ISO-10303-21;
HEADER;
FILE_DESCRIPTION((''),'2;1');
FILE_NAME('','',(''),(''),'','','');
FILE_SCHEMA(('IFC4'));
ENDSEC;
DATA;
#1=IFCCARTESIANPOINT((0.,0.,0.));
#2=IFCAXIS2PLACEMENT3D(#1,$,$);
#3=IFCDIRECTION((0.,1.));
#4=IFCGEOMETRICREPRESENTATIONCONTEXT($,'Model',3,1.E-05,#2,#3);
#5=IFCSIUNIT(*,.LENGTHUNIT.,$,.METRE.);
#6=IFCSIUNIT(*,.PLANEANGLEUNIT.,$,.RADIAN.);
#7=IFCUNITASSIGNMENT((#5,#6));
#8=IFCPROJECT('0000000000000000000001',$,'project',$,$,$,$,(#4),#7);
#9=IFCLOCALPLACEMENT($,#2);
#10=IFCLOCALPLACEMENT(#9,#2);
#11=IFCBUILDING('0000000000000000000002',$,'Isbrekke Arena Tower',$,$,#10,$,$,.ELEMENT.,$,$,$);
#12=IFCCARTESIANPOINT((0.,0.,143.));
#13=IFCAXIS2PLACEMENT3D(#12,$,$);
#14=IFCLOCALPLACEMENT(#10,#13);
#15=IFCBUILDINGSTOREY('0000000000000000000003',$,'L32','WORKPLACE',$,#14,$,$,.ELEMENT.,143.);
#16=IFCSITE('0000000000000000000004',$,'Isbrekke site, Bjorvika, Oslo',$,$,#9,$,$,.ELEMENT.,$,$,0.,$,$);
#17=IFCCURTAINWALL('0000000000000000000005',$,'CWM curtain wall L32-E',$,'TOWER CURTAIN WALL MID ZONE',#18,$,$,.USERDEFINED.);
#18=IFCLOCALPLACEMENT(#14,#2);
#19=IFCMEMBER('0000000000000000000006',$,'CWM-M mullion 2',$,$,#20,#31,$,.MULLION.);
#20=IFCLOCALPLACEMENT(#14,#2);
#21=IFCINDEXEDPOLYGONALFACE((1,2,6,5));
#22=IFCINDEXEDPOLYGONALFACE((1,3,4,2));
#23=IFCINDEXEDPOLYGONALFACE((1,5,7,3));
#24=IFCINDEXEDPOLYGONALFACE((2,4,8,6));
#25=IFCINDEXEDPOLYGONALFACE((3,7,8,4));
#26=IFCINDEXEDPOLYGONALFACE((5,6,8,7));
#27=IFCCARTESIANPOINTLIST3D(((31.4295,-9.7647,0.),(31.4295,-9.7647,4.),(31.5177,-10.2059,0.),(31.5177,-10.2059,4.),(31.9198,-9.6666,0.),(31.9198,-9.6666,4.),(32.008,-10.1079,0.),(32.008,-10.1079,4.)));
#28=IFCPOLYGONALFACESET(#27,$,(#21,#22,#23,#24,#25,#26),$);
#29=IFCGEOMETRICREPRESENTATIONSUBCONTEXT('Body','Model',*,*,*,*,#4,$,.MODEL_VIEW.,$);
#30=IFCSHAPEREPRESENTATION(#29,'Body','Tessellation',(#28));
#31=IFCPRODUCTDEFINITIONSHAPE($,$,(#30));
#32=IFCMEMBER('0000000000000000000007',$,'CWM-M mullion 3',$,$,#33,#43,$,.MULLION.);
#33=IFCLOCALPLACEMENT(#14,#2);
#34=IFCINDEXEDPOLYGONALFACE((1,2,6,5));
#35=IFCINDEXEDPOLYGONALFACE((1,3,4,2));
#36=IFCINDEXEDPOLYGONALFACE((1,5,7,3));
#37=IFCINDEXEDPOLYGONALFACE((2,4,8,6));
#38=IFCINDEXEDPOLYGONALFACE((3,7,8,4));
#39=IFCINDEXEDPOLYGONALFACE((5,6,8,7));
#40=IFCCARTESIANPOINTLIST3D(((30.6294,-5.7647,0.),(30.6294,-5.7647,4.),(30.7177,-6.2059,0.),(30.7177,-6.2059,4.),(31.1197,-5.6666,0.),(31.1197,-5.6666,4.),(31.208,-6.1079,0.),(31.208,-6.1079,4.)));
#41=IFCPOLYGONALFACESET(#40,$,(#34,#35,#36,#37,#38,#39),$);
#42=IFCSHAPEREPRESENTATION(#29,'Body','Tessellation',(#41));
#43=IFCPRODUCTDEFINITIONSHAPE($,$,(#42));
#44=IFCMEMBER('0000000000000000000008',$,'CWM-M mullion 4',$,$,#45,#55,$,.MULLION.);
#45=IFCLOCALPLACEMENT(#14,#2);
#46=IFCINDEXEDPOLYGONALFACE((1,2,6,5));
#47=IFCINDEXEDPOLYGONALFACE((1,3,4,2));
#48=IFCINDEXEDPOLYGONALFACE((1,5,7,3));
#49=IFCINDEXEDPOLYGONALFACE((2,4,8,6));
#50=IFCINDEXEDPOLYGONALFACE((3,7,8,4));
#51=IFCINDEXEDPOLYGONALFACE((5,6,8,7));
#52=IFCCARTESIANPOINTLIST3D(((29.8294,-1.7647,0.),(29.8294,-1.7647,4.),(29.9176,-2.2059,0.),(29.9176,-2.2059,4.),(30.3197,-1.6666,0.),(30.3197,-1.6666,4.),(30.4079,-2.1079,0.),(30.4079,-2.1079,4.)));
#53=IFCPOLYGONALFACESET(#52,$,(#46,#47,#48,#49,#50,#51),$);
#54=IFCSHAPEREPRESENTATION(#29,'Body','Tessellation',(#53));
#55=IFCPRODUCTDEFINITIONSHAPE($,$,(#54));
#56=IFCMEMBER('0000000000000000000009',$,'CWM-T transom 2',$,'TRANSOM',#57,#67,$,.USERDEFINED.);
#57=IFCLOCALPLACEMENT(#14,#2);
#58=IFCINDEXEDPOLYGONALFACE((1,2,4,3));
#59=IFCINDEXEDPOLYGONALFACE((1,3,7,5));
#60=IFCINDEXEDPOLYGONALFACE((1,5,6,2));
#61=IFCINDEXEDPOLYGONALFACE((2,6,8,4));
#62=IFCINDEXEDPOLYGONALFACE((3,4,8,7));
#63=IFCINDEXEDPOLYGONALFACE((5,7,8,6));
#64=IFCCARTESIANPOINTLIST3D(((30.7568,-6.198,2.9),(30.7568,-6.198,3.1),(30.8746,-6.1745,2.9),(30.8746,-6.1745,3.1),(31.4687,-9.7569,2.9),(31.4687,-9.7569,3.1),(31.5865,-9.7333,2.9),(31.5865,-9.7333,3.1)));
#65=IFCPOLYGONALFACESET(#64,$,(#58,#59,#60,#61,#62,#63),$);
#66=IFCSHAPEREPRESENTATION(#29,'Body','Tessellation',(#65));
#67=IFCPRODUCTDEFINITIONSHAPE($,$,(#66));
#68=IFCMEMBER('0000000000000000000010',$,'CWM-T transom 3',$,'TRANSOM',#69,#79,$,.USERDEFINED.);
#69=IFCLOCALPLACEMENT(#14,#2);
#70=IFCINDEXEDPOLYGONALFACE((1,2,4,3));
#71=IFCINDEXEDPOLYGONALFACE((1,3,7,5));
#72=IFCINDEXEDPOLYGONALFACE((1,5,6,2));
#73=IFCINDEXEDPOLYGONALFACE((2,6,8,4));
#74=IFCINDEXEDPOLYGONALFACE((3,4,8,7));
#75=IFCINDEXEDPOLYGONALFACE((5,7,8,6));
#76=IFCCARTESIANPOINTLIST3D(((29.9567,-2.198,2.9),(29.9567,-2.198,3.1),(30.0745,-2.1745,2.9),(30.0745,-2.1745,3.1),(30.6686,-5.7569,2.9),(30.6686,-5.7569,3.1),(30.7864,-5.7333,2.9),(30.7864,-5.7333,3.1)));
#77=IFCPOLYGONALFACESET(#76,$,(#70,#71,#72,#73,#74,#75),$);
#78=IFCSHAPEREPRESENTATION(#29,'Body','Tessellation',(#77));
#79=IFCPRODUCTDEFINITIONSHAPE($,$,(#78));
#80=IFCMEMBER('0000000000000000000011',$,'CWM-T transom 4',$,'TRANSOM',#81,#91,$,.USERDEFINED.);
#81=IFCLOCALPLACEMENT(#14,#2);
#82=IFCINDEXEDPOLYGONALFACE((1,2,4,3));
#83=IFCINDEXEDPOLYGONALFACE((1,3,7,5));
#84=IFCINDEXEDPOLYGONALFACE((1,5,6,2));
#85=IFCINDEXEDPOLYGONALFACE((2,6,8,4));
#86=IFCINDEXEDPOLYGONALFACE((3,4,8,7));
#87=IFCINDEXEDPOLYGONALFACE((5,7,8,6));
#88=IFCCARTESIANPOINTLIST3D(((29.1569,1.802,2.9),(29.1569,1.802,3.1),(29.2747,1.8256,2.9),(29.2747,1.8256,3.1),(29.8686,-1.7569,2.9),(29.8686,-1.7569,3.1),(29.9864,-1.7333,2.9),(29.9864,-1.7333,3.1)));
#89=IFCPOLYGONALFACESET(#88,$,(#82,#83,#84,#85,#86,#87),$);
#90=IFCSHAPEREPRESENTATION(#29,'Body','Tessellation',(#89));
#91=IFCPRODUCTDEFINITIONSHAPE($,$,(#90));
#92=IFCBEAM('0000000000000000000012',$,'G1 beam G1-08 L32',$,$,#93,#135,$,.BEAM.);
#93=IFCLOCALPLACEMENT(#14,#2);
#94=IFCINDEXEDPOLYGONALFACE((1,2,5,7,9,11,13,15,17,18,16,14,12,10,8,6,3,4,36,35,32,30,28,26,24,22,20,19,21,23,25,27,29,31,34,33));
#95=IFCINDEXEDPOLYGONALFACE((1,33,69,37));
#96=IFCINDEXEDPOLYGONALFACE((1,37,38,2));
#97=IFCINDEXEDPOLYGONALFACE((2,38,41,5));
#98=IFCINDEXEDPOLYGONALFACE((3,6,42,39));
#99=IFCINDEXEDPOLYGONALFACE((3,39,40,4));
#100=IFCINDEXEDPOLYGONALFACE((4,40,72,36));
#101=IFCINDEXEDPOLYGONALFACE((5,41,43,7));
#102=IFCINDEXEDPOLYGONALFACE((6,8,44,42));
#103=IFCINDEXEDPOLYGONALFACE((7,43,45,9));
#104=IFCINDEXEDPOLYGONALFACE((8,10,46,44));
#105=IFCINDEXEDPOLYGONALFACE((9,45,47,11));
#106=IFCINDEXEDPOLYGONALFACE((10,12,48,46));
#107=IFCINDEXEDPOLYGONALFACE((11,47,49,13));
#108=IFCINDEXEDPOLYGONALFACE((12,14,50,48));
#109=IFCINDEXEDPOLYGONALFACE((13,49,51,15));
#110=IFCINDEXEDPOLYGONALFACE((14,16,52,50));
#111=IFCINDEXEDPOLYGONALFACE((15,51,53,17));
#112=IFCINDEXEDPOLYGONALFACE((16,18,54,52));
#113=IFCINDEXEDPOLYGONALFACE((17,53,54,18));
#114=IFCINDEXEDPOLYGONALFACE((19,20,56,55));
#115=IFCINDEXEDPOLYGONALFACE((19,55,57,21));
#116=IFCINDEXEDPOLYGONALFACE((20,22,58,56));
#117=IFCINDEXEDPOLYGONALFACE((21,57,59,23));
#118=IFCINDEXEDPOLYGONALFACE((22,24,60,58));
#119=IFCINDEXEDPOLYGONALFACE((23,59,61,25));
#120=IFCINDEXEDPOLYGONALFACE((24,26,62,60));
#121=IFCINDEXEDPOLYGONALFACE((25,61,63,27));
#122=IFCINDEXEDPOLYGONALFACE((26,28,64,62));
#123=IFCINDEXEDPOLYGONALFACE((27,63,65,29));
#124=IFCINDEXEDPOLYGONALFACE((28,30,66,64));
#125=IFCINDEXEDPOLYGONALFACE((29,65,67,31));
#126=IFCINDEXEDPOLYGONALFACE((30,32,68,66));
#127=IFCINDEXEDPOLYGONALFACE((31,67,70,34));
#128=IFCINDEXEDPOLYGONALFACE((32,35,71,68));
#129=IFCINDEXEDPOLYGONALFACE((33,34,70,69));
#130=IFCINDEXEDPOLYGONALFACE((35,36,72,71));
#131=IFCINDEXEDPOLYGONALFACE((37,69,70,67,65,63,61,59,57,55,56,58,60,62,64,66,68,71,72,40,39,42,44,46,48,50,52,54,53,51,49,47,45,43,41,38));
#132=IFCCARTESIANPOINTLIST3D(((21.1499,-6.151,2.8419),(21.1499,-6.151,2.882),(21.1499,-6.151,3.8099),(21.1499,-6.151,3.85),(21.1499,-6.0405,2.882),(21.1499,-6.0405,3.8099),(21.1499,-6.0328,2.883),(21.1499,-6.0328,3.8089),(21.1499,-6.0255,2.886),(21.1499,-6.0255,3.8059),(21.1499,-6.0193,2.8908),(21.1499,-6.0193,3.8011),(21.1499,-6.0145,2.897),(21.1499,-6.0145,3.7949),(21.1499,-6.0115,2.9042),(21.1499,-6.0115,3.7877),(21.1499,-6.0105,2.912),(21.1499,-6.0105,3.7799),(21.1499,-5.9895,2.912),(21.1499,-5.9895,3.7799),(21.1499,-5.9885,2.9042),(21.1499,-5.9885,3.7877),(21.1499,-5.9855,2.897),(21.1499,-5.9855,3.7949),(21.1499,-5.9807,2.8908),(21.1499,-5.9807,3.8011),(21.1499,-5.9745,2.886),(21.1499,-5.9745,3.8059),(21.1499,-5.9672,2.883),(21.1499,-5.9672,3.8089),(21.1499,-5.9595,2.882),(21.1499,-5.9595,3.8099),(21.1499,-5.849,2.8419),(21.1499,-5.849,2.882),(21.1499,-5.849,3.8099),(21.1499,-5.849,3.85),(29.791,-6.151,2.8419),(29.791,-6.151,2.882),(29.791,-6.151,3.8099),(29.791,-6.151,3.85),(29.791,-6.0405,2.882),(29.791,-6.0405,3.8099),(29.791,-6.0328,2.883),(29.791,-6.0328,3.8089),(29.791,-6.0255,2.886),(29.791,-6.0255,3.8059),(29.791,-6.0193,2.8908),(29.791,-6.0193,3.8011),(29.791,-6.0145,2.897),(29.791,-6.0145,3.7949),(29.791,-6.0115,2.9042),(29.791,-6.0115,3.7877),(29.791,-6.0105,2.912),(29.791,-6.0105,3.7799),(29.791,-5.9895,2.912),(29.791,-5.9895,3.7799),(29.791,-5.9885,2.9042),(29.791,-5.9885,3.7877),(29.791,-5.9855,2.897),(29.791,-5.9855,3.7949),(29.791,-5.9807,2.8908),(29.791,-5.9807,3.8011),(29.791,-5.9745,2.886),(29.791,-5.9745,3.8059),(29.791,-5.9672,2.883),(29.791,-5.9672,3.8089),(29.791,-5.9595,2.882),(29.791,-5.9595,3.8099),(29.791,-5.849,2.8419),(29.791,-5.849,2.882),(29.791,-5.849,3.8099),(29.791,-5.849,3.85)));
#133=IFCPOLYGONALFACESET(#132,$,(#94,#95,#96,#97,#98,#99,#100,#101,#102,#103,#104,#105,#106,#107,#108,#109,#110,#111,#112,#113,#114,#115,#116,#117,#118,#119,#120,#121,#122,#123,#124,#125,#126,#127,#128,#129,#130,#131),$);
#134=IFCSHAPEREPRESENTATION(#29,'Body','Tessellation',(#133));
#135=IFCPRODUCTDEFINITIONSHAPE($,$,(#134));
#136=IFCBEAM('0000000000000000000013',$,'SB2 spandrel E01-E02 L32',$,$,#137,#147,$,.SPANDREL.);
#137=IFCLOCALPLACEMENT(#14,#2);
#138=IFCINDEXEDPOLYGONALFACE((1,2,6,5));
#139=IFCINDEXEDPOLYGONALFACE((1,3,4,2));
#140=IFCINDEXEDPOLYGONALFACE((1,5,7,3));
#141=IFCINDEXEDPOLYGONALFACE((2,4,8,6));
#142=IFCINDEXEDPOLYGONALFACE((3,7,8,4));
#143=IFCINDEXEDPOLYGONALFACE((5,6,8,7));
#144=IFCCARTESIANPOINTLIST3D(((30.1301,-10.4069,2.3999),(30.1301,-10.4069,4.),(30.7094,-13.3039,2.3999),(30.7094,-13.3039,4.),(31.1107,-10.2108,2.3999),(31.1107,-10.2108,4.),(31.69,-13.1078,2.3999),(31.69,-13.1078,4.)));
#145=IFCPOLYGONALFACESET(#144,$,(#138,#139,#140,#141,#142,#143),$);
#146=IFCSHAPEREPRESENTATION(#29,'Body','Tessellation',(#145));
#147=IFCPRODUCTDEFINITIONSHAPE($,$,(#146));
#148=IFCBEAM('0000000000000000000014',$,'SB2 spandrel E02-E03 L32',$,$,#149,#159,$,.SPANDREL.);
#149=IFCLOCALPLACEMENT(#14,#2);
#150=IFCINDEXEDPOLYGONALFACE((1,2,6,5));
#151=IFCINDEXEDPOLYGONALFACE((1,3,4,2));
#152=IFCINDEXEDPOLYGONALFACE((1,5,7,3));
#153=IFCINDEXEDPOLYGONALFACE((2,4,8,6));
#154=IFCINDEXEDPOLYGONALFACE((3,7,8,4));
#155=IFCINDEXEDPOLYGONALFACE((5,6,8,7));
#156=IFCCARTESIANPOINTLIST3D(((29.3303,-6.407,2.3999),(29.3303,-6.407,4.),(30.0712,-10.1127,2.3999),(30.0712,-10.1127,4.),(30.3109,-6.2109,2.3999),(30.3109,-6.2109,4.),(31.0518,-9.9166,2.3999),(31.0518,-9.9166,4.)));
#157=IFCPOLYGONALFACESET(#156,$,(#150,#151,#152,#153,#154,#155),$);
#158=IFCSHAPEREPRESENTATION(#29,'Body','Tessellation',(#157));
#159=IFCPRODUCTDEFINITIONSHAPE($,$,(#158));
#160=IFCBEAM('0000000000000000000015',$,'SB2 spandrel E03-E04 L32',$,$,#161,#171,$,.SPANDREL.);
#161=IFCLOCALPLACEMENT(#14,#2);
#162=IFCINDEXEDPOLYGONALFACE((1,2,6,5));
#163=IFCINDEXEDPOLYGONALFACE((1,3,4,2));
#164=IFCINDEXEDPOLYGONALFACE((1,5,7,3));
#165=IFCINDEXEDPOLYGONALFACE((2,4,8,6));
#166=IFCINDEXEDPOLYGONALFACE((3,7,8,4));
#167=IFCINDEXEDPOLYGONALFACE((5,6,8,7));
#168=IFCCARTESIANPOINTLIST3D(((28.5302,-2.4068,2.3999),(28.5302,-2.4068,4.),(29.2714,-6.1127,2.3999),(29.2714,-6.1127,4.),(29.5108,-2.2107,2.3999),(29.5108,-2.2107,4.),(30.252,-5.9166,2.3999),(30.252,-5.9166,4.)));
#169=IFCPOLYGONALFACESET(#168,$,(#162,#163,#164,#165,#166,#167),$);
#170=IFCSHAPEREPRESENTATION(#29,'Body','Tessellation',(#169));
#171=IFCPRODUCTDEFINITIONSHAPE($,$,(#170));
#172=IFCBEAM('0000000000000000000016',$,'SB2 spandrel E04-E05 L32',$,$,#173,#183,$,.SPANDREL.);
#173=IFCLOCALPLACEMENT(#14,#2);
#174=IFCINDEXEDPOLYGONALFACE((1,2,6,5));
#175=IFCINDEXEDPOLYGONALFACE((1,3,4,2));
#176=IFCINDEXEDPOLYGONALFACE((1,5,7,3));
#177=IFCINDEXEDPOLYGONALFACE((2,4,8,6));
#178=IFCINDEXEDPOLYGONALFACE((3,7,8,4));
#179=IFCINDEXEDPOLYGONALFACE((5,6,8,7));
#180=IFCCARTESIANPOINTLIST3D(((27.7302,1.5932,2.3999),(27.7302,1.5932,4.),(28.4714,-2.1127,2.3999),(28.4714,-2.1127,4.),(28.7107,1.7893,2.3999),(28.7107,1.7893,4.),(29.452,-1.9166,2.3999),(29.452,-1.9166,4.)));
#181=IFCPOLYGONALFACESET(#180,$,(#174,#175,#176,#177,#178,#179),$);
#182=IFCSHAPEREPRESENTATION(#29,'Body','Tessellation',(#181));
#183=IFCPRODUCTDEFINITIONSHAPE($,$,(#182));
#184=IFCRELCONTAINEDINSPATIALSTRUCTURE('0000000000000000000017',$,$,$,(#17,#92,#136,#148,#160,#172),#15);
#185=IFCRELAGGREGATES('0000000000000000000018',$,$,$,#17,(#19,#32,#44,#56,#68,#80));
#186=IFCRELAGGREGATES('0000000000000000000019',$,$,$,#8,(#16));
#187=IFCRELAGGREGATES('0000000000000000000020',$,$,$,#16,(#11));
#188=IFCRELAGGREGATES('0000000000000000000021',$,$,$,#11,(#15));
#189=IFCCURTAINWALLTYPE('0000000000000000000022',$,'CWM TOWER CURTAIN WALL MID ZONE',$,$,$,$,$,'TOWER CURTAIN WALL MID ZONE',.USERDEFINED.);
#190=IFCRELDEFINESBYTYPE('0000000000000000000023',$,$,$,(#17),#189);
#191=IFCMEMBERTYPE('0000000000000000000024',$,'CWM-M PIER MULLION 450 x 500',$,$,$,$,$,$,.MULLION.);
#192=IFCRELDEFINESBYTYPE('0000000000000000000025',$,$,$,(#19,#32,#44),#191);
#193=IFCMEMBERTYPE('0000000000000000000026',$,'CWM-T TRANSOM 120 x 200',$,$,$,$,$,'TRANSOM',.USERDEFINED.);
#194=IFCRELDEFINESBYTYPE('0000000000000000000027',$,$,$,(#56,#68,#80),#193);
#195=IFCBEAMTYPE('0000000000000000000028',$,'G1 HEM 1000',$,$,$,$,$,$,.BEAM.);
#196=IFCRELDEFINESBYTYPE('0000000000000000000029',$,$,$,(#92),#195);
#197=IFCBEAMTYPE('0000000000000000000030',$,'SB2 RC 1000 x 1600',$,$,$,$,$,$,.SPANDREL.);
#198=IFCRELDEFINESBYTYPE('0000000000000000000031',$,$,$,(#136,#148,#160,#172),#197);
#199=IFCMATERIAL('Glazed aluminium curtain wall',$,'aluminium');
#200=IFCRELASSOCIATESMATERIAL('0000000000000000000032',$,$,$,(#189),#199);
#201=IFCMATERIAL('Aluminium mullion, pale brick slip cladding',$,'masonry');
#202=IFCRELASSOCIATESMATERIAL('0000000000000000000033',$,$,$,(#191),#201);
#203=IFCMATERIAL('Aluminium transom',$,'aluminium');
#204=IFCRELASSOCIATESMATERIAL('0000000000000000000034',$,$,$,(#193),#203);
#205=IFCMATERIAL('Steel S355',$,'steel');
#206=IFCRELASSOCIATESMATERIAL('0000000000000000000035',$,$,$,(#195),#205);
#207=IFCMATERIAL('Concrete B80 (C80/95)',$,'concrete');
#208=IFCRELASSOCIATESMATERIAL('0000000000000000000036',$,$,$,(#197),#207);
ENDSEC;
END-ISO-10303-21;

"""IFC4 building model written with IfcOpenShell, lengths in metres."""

from ifc_helpers import new_model, si_unit, direction, frame, origin, origin_2d, place, context, subcontext, project, spatial, rectangle, i_section, extrude, material, material_profile, profile_set, type_object, element, aggregate, save


model = new_model("IFC4")

# Units and contexts
model_context = context("Model", 3, precision=1e-05, world=origin(), true_north=direction((0.0, 1.0)))
body_context = subcontext(model_context, "Body", "Model", "MODEL_VIEW")
ifc_project = project(units=[si_unit("LENGTHUNIT", "METRE"), si_unit("PLANEANGLEUNIT", "RADIAN")], contexts=[model_context])

# Site, building, storey
site_placement = place(None, origin())
site = spatial("IfcSite", under=ifc_project, at=site_placement, Name="Isbrekke site, Bjorvika, Oslo", CompositionType="ELEMENT", RefElevation=0.0)
building_placement = place(site_placement, origin())
building = spatial("IfcBuilding", under=site, at=building_placement, Name="Isbrekke Arena Tower", CompositionType="ELEMENT")
storey_placement = place(building_placement, frame((0.0, 0.0, 143.0)))
storey = spatial("IfcBuildingStorey", under=building, at=storey_placement, Name="L32", Description="WORKPLACE", CompositionType="ELEMENT", Elevation=143.0)

# Curtain wall, members
ifc_material_1 = material(Name="Glazed aluminium curtain wall", Category="aluminium")
curtain_wall_type = type_object("IfcCurtainWallType", Name="CWM TOWER CURTAIN WALL MID ZONE", ElementType="TOWER CURTAIN WALL MID ZONE", PredefinedType="USERDEFINED", material=ifc_material_1)
curtain_wall_placement = place(storey_placement, origin())
curtain_wall = element("IfcCurtainWall", 1, at=curtain_wall_placement, inside=storey, type_object=curtain_wall_type, Name="CWM curtain wall L32-E", ObjectType="TOWER CURTAIN WALL MID ZONE", PredefinedType="USERDEFINED")
ifc_material_2 = material(Name="Aluminium mullion, pale brick slip cladding", Category="masonry")
ifc_material_profile_1 = material_profile(ifc_material_2, rectangle(XDim=0.45, YDim=0.5, at=origin_2d()), Name="PIER 450X500")
ifc_profile_set_1 = profile_set([ifc_material_profile_1], Name="Aluminium mullion, pale brick slip cladding")
member_type_1 = type_object("IfcMemberType", Name="CWM-M PIER MULLION 450 x 500", PredefinedType="MULLION", material=ifc_profile_set_1)
member_1_placement = place(storey_placement, frame((31.7188, -9.9363, 0.0), z_axis=(0.0, 0.0, 1.0), x_axis=(-0.196116, 0.980581, 0.0)))
member_1 = element("IfcMember", 2, at=member_1_placement, type_object=member_type_1, Name="CWM-M mullion 2", PredefinedType="MULLION", context=body_context, shape_type="SweptSolid", body=[
    extrude(rectangle(XDim=0.45, YDim=0.5, at=origin_2d()), origin(), (0.0, 0.0, 1.0), 4.0),
])
member_2_placement = place(storey_placement, frame((30.9187, -5.9363, 0.0), z_axis=(0.0, 0.0, 1.0), x_axis=(-0.196116, 0.980581, 0.0)))
member_2 = element("IfcMember", 3, at=member_2_placement, type_object=member_type_1, Name="CWM-M mullion 3", PredefinedType="MULLION", context=body_context, shape_type="SweptSolid", body=[
    extrude(rectangle(XDim=0.45, YDim=0.5, at=origin_2d()), origin(), (0.0, 0.0, 1.0), 4.0),
])
member_3_placement = place(storey_placement, frame((30.1187, -1.9363, 0.0), z_axis=(0.0, 0.0, 1.0), x_axis=(-0.196116, 0.980581, 0.0)))
member_3 = element("IfcMember", 4, at=member_3_placement, type_object=member_type_1, Name="CWM-M mullion 4", PredefinedType="MULLION", context=body_context, shape_type="SweptSolid", body=[
    extrude(rectangle(XDim=0.45, YDim=0.5, at=origin_2d()), origin(), (0.0, 0.0, 1.0), 4.0),
])
ifc_material_3 = material(Name="Aluminium transom", Category="aluminium")
ifc_material_profile_2 = material_profile(ifc_material_3, rectangle(XDim=0.1201, YDim=0.2, at=origin_2d()), Name="TRANSOM 120X200")
ifc_profile_set_2 = profile_set([ifc_material_profile_2], Name="Aluminium transom")
member_type_2 = type_object("IfcMemberType", Name="CWM-T TRANSOM 120 x 200", ElementType="TRANSOM", PredefinedType="USERDEFINED", material=ifc_profile_set_2)
member_4_placement = place(storey_placement, frame((31.5276, -9.7451, 3.0), z_axis=(-0.196155, 0.980573, 0.0), x_axis=(-0.980573, -0.196155, 0.0)))
member_4 = element("IfcMember", 5, at=member_4_placement, type_object=member_type_2, Name="CWM-T transom 2", ObjectType="TRANSOM", PredefinedType="USERDEFINED", context=body_context, shape_type="SweptSolid", body=[
    extrude(rectangle(XDim=0.1201, YDim=0.2, at=origin_2d()), origin(), (0.0, 0.0, 1.0), 3.6294),
])
member_5_placement = place(storey_placement, frame((30.7275, -5.7451, 3.0), z_axis=(-0.196155, 0.980573, 0.0), x_axis=(-0.980573, -0.196155, 0.0)))
member_5 = element("IfcMember", 6, at=member_5_placement, type_object=member_type_2, Name="CWM-T transom 3", ObjectType="TRANSOM", PredefinedType="USERDEFINED", context=body_context, shape_type="SweptSolid", body=[
    extrude(rectangle(XDim=0.1201, YDim=0.2, at=origin_2d()), origin(), (0.0, 0.0, 1.0), 3.6294),
])
member_6_placement = place(storey_placement, frame((29.9275, -1.7451, 3.0), z_axis=(-0.19609, 0.980586, 0.0), x_axis=(-0.980586, -0.19609, 0.0)))
member_6 = element("IfcMember", 7, at=member_6_placement, type_object=member_type_2, Name="CWM-T transom 4", ObjectType="TRANSOM", PredefinedType="USERDEFINED", context=body_context, shape_type="SweptSolid", body=[
    extrude(rectangle(XDim=0.1201, YDim=0.2, at=origin_2d()), origin(), (0.0, 0.0, 1.0), 3.6294),
])

# Beams
ifc_material_4 = material(Name="Steel S355", Category="steel")
ifc_material_profile_3 = material_profile(ifc_material_4, i_section(OverallWidth=0.302, OverallDepth=1.0081, WebThickness=0.021, FlangeThickness=0.04, FilletRadius=0.03, at=origin_2d()), Name="HEM 1000")
ifc_profile_set_3 = profile_set([ifc_material_profile_3], Name="Steel S355")
beam_type_1 = type_object("IfcBeamType", Name="G1 HEM 1000", PredefinedType="BEAM", material=ifc_profile_set_3)
beam_1_placement = place(storey_placement, frame((21.1499, -6.0, 3.3459), z_axis=(1.0, 0.0, 0.0), x_axis=(0.0, 1.0, 0.0)))
element("IfcBeam", 8, at=beam_1_placement, inside=storey, type_object=beam_type_1, Name="G1 beam G1-08 L32", PredefinedType="BEAM", context=body_context, shape_type="SweptSolid", body=[
    extrude(i_section(OverallWidth=0.302, OverallDepth=1.0081, WebThickness=0.021, FlangeThickness=0.04, FilletRadius=0.03, at=origin_2d()), origin(), (0.0, 0.0, 1.0), 8.6411),
])
ifc_material_5 = material(Name="Concrete B80 (C80/95)", Category="concrete")
ifc_material_profile_4 = material_profile(ifc_material_5, rectangle(XDim=1.0, YDim=1.6001, at=origin_2d()), Name="RC 1000x1600")
ifc_profile_set_4 = profile_set([ifc_material_profile_4], Name="Concrete B80 (C80/95)")
beam_type_2 = type_object("IfcBeamType", Name="SB2 RC 1000 x 1600", PredefinedType="SPANDREL", material=ifc_profile_set_4)
beam_2_placement = place(storey_placement, frame((31.1997, -13.2058, 3.2), z_axis=(-0.1961, 0.980584, 0.0), x_axis=(-0.980584, -0.1961, 0.0)))
element("IfcBeam", 9, at=beam_2_placement, inside=storey, type_object=beam_type_2, Name="SB2 spandrel E01-E02 L32", PredefinedType="SPANDREL", context=body_context, shape_type="SweptSolid", body=[
    extrude(rectangle(XDim=1.0, YDim=1.6001, at=origin_2d()), origin(), (0.0, 0.0, 1.0), 2.9543),
])
beam_3_placement = place(storey_placement, frame((30.5615, -10.0146, 3.2), z_axis=(-0.196066, 0.980591, 0.0), x_axis=(-0.980591, -0.196066, 0.0)))
element("IfcBeam", 10, at=beam_3_placement, inside=storey, type_object=beam_type_2, Name="SB2 spandrel E02-E03 L32", PredefinedType="SPANDREL", context=body_context, shape_type="SweptSolid", body=[
    extrude(rectangle(XDim=1.0, YDim=1.6001, at=origin_2d()), origin(), (0.0, 0.0, 1.0), 3.7791),
])
for number, where, z_axis, x_axis, name in (
    (11, (29.7617, -6.0146, 3.2), (-0.196129, 0.980578, 0.0), (-0.980578, -0.196129, 0.0), "SB2 spandrel E03-E04 L32"),
    (12, (28.9617, -2.0146, 3.2), (-0.196129, 0.980578, 0.0), (-0.980578, -0.196129, 0.0), "SB2 spandrel E04-E05 L32"),
):
    element("IfcBeam", number, at=place(storey_placement, frame(where, z_axis=z_axis, x_axis=x_axis)), inside=storey, type_object=beam_type_2, Name=name, PredefinedType="SPANDREL", context=body_context, shape_type="SweptSolid", body=[
        extrude(rectangle(XDim=1.0, YDim=1.6001, at=origin_2d()), origin(), (0.0, 0.0, 1.0), 3.7793),
    ])

aggregate(curtain_wall, [member_1, member_2, member_3, member_4, member_5, member_6])

save(model, "model.ifc")
